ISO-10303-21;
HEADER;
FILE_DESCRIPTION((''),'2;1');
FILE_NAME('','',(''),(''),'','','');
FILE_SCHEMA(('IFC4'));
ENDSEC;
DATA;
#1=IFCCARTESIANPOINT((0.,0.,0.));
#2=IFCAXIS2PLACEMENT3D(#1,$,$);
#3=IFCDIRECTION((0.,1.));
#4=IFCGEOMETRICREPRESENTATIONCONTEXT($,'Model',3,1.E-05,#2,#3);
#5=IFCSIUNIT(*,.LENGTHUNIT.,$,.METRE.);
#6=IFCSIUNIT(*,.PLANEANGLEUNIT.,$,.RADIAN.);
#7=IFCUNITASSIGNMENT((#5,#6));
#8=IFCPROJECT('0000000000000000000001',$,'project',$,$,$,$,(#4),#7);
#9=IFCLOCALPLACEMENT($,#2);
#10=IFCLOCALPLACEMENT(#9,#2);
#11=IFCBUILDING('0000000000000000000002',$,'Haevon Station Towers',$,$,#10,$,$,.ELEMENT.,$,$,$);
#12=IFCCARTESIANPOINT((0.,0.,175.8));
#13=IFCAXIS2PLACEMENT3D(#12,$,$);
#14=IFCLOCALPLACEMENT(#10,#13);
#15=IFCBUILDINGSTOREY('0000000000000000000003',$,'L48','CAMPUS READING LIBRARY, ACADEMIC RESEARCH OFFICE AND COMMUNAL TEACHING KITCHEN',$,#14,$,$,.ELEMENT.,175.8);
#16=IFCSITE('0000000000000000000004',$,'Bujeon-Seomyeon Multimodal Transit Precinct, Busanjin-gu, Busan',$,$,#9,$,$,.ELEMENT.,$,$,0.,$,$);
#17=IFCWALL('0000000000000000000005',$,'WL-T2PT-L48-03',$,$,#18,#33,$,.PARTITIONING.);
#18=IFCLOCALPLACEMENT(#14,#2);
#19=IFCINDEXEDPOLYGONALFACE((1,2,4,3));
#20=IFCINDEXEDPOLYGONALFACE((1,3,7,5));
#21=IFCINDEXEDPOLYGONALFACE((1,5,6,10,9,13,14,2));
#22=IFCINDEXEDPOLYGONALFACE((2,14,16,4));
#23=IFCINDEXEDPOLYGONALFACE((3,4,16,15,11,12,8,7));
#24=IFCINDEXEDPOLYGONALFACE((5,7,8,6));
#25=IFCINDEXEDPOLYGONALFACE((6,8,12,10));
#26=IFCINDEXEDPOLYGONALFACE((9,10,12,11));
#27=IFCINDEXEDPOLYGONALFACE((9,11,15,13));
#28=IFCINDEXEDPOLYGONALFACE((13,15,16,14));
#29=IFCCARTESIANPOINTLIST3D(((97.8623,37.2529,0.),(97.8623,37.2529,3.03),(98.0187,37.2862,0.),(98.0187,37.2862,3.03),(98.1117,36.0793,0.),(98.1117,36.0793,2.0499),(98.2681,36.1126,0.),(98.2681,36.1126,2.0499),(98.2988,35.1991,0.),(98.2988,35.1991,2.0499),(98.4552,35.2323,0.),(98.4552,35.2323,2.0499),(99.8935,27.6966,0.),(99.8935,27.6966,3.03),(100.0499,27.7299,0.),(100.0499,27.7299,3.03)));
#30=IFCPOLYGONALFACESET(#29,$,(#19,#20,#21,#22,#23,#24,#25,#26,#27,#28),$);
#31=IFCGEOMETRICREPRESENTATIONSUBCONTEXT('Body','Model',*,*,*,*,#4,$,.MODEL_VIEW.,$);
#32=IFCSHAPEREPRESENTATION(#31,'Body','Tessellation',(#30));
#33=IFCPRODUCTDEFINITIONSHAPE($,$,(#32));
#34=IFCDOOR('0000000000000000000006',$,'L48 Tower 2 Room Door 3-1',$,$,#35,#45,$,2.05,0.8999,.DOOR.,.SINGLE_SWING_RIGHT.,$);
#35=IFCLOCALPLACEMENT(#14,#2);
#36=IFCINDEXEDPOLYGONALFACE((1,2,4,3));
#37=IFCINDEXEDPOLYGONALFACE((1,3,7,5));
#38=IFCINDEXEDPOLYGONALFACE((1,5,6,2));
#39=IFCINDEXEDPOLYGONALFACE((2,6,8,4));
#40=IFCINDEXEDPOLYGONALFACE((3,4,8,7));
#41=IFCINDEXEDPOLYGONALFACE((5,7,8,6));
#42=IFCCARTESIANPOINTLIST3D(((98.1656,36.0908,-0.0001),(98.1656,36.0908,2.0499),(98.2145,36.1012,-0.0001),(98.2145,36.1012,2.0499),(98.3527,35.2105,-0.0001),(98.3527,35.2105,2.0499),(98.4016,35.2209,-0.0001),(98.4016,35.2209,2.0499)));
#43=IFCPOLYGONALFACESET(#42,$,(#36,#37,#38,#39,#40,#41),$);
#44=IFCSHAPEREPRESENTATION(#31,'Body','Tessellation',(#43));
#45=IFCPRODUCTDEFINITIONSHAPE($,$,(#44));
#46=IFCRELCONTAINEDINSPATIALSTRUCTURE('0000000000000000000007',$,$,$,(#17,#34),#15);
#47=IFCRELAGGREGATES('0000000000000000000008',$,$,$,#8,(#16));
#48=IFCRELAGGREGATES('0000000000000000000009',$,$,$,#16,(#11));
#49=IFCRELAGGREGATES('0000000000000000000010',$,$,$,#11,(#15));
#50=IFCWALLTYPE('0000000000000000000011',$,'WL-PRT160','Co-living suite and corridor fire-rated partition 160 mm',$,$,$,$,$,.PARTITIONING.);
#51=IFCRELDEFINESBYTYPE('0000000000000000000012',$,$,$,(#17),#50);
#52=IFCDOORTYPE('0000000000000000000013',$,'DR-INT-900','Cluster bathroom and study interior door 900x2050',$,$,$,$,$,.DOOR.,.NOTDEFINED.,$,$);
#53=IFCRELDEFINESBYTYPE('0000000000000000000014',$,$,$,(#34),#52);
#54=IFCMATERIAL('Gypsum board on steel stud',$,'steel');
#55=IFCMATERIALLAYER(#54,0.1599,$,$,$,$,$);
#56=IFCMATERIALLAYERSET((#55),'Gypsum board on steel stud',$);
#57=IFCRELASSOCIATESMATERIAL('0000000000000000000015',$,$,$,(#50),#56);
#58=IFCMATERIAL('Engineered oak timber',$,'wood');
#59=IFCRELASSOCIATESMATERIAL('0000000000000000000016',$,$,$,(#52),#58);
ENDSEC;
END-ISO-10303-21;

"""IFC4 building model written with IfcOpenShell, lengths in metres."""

from ifc_helpers import new_model, si_unit, direction, frame, frame_2d, origin, place, context, subcontext, project, spatial, rectangle, extrude, material, layer, layer_set, type_object, element, fill, save


model = new_model("IFC4")

# Units and contexts
model_context = context("Model", 3, precision=1e-05, world=origin(), true_north=direction((0.0, 1.0)))
body_context = subcontext(model_context, "Body", "Model", "MODEL_VIEW")
ifc_project = project(units=[si_unit("LENGTHUNIT", "METRE"), si_unit("PLANEANGLEUNIT", "RADIAN")], contexts=[model_context])

# Site, building, storey
site_placement = place(None, origin())
site = spatial("IfcSite", under=ifc_project, at=site_placement, Name="Bujeon-Seomyeon Multimodal Transit Precinct, Busanjin-gu, Busan", CompositionType="ELEMENT", RefElevation=0.0)
building_placement = place(site_placement, origin())
building = spatial("IfcBuilding", under=site, at=building_placement, Name="Haevon Station Towers", CompositionType="ELEMENT")
storey_placement = place(building_placement, frame((0.0, 0.0, 175.8)))
storey = spatial("IfcBuildingStorey", under=building, at=storey_placement, Name="L48", Description="CAMPUS READING LIBRARY, ACADEMIC RESEARCH OFFICE AND COMMUNAL TEACHING KITCHEN", CompositionType="ELEMENT", Elevation=175.8)

# Wall, opening, door
ifc_material_1 = material(Name="Gypsum board on steel stud", Category="steel")
ifc_layer_1 = layer(ifc_material_1, 0.1599)
ifc_layer_set_1 = layer_set([ifc_layer_1], Name="Gypsum board on steel stud")
wall_type_1 = type_object("IfcWallType", Name="WL-PRT160", Description="Co-living suite and corridor fire-rated partition 160 mm", PredefinedType="PARTITIONING", material=ifc_layer_set_1)
wall_1_placement = place(storey_placement, frame((99.9717, 27.7134, 0.0), z_axis=(0.0, 0.0, 1.0), x_axis=(-0.207909, 0.978148, 0.0)))
wall_1 = element("IfcWall", 1, at=wall_1_placement, inside=storey, type_object=wall_type_1, Name="WL-T2PT-L48-03", PredefinedType="PARTITIONING", context=body_context, shape_type="SweptSolid", body=[
    extrude(rectangle(XDim=9.7698, YDim=0.1599, at=frame_2d((4.8848, 0.0))), origin(), (0.0, 0.0, 1.0), 3.03),
])
opening_placement = place(wall_1_placement, frame((7.6699, 0.0, 0.0)))
opening = element("IfcOpeningElement", 2, at=opening_placement, cuts=wall_1, PredefinedType="OPENING", context=body_context, shape_type="SweptSolid", body=[
    extrude(rectangle(XDim=0.8999, YDim=2.05, at=frame_2d((0.45, 1.0249))), frame((0.0, 0.0898, 0.0), z_axis=(0.0, -1.0, 0.0), x_axis=(1.0, 0.0, 0.0)), (0.0, 0.0, 1.0), 0.1799),
])
ifc_material_2 = material(Name="Engineered oak timber", Category="wood")
door_type = type_object("IfcDoorType", Name="DR-INT-900", Description="Cluster bathroom and study interior door 900x2050", OperationType="NOTDEFINED", PredefinedType="DOOR", material=ifc_material_2)
door_placement = place(opening_placement, origin())
door = element("IfcDoor", 3, at=door_placement, inside=storey, type_object=door_type, Name="L48 Tower 2 Room Door 3-1", OperationType="SINGLE_SWING_RIGHT", OverallHeight=2.05, OverallWidth=0.8999, PredefinedType="DOOR", context=body_context, shape_type="SweptSolid", body=[
    extrude(rectangle(XDim=0.8999, YDim=2.05, at=frame_2d((0.45, 1.0249))), frame((0.0, 0.0249, 0.0), z_axis=(0.0, -1.0, 0.0), x_axis=(1.0, 0.0, 0.0)), (0.0, 0.0, 1.0), 0.05),
])
fill(opening, door)

save(model, "model.ifc")
